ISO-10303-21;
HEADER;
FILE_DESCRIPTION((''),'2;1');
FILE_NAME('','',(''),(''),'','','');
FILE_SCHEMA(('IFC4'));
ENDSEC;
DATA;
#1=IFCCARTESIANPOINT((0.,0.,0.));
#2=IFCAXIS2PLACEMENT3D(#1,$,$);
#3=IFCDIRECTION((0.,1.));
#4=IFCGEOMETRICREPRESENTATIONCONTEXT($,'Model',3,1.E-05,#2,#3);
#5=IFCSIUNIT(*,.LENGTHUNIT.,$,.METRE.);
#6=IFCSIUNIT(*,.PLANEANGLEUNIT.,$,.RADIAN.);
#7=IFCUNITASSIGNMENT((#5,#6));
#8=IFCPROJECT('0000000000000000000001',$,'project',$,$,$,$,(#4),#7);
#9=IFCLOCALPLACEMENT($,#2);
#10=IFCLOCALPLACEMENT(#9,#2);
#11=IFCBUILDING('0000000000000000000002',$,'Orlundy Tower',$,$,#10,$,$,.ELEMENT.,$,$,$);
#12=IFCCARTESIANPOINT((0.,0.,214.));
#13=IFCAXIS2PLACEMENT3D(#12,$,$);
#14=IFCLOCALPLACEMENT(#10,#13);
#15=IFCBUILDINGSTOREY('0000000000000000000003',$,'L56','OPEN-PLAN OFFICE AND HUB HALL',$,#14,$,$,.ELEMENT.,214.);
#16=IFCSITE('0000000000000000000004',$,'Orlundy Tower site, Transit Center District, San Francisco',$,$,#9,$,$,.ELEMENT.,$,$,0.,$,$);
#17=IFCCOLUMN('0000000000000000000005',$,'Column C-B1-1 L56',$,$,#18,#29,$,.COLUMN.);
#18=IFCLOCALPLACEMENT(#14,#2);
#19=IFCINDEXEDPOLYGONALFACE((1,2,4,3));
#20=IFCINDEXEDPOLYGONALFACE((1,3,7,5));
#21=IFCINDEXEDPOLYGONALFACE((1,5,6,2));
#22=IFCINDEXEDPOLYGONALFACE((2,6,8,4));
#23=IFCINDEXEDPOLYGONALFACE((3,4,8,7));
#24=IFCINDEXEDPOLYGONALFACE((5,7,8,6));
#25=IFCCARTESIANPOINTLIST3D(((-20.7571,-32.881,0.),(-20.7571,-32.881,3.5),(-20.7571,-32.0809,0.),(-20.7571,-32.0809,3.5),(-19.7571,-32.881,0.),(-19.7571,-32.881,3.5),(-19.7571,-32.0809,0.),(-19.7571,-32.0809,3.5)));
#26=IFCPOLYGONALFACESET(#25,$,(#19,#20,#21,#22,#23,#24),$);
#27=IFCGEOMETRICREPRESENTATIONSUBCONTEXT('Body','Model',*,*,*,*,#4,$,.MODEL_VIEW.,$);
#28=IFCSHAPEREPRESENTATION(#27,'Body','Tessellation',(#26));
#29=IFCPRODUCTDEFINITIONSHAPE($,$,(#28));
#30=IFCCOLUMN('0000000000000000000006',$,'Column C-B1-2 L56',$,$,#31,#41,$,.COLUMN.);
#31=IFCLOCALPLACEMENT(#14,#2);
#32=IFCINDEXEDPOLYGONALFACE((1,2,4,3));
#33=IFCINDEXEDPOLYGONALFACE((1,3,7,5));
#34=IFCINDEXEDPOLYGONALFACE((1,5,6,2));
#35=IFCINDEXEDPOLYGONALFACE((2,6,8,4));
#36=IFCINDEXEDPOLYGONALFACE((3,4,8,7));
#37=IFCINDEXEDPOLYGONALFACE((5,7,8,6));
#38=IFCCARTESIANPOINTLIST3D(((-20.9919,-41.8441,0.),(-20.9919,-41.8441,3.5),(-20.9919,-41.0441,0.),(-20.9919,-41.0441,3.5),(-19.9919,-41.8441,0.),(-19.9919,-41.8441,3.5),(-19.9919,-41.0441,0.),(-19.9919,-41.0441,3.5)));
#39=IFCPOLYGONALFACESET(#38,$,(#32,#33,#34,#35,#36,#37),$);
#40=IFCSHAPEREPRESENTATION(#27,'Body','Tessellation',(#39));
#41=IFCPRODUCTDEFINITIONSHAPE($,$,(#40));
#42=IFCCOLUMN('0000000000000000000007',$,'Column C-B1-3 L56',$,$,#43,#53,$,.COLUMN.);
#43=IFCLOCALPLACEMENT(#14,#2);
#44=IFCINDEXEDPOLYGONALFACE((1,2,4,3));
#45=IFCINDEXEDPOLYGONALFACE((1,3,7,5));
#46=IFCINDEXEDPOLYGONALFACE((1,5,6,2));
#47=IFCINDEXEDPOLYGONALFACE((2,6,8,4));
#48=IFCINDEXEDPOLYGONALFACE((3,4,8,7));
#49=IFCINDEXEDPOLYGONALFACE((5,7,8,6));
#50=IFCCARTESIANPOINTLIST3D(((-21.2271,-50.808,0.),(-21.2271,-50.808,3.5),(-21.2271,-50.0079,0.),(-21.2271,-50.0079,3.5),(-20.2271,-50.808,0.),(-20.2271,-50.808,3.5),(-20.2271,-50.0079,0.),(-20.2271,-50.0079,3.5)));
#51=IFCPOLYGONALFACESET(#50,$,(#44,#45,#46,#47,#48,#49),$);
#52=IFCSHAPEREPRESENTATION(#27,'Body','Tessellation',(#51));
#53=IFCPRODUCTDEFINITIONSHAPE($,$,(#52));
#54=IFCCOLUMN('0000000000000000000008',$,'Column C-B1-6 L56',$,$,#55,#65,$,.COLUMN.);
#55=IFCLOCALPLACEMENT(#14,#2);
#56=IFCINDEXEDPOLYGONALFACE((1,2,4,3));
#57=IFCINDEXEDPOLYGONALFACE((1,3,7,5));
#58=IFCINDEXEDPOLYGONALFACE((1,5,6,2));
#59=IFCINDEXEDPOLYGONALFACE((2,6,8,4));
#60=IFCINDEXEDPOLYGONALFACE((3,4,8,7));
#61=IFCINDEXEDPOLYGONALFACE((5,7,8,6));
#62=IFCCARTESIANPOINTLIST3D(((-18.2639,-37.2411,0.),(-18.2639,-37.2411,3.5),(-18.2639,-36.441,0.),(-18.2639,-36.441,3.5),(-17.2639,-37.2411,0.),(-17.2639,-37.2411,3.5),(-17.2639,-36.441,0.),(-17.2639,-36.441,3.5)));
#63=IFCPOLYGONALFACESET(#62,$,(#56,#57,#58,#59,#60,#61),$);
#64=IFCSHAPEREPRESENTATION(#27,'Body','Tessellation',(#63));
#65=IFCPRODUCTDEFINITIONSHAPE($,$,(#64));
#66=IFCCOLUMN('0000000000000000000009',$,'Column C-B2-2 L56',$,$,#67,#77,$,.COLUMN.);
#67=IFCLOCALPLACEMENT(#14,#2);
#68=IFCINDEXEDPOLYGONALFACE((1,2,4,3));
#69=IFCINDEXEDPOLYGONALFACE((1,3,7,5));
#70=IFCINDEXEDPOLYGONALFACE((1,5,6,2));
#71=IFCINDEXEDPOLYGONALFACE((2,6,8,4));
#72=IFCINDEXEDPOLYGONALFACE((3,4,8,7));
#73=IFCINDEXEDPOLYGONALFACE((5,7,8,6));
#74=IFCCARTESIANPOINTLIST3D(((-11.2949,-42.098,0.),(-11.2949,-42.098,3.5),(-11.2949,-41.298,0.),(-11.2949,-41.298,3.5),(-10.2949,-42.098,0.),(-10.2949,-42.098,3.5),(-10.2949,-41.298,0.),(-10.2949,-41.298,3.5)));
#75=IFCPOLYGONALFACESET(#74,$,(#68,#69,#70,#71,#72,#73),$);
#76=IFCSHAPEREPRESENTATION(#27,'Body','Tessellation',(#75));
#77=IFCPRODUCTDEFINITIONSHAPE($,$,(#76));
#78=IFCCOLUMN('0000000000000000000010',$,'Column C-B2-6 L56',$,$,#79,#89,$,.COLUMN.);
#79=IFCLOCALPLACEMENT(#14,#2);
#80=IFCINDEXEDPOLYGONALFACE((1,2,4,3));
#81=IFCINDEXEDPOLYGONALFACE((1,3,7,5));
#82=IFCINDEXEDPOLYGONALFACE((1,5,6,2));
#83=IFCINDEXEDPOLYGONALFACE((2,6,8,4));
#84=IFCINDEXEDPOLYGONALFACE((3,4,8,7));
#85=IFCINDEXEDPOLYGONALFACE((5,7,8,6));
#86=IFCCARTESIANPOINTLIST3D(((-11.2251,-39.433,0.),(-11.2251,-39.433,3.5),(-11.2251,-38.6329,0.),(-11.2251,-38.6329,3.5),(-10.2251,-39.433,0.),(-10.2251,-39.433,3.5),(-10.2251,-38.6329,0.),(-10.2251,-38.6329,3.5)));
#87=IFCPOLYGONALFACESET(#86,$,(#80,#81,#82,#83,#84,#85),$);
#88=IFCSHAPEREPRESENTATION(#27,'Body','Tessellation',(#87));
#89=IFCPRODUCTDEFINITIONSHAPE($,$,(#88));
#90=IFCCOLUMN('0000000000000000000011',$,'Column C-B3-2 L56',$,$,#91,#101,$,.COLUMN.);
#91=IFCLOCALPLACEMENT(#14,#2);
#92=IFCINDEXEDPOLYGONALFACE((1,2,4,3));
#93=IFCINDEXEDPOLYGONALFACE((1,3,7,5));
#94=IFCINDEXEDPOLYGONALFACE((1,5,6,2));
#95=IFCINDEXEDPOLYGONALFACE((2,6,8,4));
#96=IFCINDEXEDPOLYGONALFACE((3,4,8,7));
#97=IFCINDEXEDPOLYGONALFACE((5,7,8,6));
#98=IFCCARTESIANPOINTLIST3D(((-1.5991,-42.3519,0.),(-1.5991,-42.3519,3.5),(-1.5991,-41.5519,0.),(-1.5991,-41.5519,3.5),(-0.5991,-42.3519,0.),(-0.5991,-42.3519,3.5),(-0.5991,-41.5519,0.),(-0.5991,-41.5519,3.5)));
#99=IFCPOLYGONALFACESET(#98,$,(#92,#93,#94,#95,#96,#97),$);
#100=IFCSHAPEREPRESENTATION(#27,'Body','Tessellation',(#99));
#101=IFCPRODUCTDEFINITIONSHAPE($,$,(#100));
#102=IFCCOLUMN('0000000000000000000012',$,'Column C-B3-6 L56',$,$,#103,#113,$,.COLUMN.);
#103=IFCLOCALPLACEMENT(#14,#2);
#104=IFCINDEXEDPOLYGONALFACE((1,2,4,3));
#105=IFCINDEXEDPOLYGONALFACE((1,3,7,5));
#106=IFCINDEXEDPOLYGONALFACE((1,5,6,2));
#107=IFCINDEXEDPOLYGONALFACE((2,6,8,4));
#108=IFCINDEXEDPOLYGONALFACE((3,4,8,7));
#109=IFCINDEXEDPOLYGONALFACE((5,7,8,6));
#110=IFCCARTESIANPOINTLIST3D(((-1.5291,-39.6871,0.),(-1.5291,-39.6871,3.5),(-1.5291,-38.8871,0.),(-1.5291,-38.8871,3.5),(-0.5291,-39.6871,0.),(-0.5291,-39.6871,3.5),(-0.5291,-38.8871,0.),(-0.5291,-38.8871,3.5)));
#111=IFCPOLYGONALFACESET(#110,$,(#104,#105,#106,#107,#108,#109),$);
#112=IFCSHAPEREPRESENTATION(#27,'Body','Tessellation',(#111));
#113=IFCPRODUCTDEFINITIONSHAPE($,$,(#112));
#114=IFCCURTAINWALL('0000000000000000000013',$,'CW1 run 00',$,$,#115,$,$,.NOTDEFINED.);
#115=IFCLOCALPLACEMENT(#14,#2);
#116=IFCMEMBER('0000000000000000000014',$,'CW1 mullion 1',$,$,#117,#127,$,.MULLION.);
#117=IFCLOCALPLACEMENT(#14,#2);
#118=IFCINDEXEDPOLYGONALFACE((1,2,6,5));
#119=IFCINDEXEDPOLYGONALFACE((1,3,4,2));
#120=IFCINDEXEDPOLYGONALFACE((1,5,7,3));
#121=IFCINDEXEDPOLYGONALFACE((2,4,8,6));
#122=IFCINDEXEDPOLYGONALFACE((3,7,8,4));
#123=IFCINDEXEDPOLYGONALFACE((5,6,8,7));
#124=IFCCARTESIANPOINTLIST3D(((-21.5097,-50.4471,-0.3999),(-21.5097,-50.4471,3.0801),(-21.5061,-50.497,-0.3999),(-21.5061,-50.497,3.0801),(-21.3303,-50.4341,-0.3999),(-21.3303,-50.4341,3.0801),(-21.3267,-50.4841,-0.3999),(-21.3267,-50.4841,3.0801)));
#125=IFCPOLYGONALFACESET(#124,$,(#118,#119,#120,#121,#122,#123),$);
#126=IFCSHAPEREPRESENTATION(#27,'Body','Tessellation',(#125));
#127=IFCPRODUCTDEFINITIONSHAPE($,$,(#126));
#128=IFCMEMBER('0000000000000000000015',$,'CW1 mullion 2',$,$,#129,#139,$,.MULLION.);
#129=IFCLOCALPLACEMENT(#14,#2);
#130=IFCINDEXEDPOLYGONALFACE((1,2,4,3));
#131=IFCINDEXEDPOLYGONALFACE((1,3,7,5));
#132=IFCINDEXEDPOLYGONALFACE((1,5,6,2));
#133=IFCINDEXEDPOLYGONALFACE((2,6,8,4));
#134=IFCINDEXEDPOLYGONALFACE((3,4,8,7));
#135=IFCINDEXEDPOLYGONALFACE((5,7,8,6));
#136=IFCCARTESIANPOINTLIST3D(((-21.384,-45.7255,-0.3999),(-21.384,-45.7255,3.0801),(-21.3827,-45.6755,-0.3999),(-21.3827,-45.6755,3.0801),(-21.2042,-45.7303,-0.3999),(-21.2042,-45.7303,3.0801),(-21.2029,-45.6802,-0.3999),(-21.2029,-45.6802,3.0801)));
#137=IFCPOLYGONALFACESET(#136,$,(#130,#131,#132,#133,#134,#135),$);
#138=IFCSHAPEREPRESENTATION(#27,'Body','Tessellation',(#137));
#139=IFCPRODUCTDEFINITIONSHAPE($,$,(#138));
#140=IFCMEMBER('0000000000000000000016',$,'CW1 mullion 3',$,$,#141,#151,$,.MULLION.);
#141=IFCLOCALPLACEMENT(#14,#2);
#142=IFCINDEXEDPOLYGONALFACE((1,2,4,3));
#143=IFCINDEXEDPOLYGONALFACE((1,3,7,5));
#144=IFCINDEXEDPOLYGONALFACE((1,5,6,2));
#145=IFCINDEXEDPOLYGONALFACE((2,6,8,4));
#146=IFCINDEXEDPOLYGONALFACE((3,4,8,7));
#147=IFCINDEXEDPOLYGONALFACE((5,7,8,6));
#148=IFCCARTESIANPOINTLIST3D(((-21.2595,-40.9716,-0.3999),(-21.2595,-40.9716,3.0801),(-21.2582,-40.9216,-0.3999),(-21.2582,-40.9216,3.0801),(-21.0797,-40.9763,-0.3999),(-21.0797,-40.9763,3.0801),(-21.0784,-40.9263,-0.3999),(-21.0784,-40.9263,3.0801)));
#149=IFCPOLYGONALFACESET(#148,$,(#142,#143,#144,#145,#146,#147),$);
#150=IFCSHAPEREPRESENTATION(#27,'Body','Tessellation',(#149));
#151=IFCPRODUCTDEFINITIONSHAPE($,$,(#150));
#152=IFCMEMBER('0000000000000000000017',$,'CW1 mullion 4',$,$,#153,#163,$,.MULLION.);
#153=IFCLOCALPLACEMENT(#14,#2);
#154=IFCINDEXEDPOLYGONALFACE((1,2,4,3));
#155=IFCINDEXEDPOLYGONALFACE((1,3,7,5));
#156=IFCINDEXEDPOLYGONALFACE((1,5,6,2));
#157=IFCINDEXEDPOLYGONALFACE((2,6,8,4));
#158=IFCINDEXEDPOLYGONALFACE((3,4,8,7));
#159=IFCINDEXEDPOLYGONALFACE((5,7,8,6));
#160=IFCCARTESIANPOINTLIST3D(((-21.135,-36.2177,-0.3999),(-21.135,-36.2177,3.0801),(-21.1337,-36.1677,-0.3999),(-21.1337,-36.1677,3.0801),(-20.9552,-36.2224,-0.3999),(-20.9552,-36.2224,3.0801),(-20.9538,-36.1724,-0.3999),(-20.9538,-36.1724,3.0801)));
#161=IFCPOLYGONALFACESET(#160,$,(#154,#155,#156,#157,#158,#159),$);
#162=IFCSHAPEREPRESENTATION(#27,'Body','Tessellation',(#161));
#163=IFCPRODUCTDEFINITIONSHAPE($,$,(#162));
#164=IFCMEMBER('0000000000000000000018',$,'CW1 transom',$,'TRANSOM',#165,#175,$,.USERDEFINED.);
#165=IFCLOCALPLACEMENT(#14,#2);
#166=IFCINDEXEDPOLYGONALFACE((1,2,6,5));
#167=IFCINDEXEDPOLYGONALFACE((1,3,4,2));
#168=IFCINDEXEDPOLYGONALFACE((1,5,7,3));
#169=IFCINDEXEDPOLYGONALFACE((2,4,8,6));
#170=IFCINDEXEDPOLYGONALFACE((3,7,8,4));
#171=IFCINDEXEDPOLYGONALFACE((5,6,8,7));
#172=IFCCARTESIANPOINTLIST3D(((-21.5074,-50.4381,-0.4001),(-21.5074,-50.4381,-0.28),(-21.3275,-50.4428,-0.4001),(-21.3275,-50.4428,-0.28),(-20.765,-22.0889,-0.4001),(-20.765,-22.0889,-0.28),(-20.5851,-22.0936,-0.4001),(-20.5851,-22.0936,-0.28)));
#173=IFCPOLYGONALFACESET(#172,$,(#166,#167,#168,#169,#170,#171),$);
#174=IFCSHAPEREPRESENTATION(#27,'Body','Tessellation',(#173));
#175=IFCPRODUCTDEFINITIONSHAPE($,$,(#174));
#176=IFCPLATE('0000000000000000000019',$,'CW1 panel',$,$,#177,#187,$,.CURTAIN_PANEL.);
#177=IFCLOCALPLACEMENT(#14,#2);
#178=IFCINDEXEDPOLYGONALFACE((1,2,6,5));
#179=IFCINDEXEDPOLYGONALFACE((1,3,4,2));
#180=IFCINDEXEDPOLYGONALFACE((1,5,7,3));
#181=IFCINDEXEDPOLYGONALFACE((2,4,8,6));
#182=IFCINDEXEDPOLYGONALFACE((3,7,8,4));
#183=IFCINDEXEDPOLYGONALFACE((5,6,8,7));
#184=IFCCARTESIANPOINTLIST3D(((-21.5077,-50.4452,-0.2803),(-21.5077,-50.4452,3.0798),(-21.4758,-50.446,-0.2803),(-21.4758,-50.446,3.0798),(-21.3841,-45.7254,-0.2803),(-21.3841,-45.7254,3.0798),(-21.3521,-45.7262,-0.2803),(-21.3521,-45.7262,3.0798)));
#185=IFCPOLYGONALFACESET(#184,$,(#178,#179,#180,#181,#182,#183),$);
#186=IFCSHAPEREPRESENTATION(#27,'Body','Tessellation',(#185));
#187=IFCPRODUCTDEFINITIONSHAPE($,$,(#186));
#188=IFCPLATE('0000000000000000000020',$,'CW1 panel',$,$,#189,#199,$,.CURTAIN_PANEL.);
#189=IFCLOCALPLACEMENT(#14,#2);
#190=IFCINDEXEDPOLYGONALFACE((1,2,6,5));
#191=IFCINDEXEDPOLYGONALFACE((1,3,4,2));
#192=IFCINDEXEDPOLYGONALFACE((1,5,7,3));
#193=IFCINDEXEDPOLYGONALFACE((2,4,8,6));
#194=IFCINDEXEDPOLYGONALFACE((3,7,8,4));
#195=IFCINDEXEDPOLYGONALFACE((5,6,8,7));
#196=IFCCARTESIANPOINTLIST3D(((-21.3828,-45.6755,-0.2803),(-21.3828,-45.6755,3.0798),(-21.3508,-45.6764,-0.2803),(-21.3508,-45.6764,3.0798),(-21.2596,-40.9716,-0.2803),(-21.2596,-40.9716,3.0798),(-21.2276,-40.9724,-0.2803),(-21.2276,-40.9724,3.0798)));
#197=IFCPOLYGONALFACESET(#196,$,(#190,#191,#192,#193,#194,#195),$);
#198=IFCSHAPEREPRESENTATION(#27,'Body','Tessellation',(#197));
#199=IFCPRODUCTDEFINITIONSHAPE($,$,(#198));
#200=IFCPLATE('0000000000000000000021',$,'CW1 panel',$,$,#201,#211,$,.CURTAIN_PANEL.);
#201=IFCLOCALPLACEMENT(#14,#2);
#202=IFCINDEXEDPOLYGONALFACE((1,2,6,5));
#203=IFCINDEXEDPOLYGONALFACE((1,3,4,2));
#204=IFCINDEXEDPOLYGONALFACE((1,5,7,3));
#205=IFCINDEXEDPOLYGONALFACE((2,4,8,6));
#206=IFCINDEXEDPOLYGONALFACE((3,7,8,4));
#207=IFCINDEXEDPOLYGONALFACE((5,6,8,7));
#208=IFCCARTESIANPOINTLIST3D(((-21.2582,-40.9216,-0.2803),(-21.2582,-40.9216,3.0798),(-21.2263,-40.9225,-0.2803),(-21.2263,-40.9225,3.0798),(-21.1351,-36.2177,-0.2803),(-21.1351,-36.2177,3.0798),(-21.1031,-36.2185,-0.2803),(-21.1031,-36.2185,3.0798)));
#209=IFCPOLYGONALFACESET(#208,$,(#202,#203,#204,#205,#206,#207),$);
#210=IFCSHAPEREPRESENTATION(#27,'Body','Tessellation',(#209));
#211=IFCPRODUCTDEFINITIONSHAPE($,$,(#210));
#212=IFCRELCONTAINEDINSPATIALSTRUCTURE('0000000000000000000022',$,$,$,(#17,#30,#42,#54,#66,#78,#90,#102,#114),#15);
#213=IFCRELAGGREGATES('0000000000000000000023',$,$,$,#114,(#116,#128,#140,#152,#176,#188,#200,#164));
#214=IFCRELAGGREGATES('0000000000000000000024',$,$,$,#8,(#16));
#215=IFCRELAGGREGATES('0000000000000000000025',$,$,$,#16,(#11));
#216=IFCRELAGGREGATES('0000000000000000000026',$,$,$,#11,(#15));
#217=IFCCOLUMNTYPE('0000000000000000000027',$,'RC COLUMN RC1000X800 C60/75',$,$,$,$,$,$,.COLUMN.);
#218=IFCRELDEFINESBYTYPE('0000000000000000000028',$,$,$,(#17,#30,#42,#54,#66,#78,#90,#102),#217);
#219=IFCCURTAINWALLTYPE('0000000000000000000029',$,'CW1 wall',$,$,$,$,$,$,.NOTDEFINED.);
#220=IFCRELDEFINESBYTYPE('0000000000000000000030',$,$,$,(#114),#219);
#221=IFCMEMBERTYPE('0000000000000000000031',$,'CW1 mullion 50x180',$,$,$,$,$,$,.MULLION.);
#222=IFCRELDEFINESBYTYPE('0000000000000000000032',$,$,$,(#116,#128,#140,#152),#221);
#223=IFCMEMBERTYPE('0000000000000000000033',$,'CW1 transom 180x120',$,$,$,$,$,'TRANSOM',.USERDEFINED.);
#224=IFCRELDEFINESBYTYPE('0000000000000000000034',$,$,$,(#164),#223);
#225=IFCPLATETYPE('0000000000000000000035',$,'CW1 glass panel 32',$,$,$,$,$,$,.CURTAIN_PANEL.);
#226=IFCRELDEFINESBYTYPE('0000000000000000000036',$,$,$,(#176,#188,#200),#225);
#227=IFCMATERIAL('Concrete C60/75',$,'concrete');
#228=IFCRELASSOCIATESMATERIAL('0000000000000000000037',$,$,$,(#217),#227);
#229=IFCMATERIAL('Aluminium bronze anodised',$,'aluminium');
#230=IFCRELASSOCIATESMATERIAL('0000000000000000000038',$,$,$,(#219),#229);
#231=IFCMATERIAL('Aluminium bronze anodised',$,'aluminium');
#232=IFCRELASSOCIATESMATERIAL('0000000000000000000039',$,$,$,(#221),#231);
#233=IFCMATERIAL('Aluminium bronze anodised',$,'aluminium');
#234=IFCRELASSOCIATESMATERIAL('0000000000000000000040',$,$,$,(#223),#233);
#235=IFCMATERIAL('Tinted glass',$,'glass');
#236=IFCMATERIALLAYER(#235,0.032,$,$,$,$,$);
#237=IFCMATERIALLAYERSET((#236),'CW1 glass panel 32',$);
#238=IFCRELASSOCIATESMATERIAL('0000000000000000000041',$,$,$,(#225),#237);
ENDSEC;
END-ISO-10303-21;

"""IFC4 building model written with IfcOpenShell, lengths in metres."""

from ifc_helpers import new_model, si_unit, direction, frame, origin, origin_2d, place, context, subcontext, project, spatial, rectangle, extrude, material, layer, layer_set, material_profile, profile_set, type_object, element, aggregate, save


model = new_model("IFC4")

# Units and contexts
model_context = context("Model", 3, precision=1e-05, world=origin(), true_north=direction((0.0, 1.0)))
body_context = subcontext(model_context, "Body", "Model", "MODEL_VIEW")
ifc_project = project(units=[si_unit("LENGTHUNIT", "METRE"), si_unit("PLANEANGLEUNIT", "RADIAN")], contexts=[model_context])

# Site, building, storey
site_placement = place(None, origin())
site = spatial("IfcSite", under=ifc_project, at=site_placement, Name="Orlundy Tower site, Transit Center District, San Francisco", CompositionType="ELEMENT", RefElevation=0.0)
building_placement = place(site_placement, origin())
building = spatial("IfcBuilding", under=site, at=building_placement, Name="Orlundy Tower", CompositionType="ELEMENT")
storey_placement = place(building_placement, frame((0.0, 0.0, 214.0)))
storey = spatial("IfcBuildingStorey", under=building, at=storey_placement, Name="L56", Description="OPEN-PLAN OFFICE AND HUB HALL", CompositionType="ELEMENT", Elevation=214.0)

# Columns
ifc_material_1 = material(Name="Concrete C60/75", Category="concrete")
ifc_material_profile_1 = material_profile(ifc_material_1, rectangle(XDim=1.0, YDim=0.8, at=origin_2d()), Name="RC1000X800")
ifc_profile_set_1 = profile_set([ifc_material_profile_1], Name="Concrete C60/75")
column_type = type_object("IfcColumnType", Name="RC COLUMN RC1000X800 C60/75", PredefinedType="COLUMN", material=ifc_profile_set_1)
for number, where, z_axis, x_axis, name in (
    (1, (-20.2571, -32.481, 0.0), (0.0, 0.0, 1.0), (1.0, 0.0, 0.0), "Column C-B1-1 L56"),
    (2, (-20.4919, -41.4441, 0.0), (0.0, 0.0, 1.0), (1.0, 0.0, 0.0), "Column C-B1-2 L56"),
    (3, (-20.7271, -50.408, 0.0), (0.0, 0.0, 1.0), (1.0, 0.0, 0.0), "Column C-B1-3 L56"),
    (4, (-17.7639, -36.8411, 0.0), (0.0, 0.0, 1.0), (1.0, 0.0, 0.0), "Column C-B1-6 L56"),
    (5, (-10.7949, -41.698, 0.0), (0.0, 0.0, 1.0), (1.0, 0.0, 0.0), "Column C-B2-2 L56"),
    (6, (-10.7251, -39.033, 0.0), (0.0, 0.0, 1.0), (1.0, 0.0, 0.0), "Column C-B2-6 L56"),
    (7, (-1.0991, -41.9519, 0.0), (0.0, 0.0, 1.0), (1.0, 0.0, 0.0), "Column C-B3-2 L56"),
    (8, (-1.0291, -39.2871, 0.0), (0.0, 0.0, 1.0), (1.0, 0.0, 0.0), "Column C-B3-6 L56"),
):
    element("IfcColumn", number, at=place(storey_placement, frame(where, z_axis=z_axis, x_axis=x_axis)), inside=storey, type_object=column_type, Name=name, PredefinedType="COLUMN", context=body_context, shape_type="SweptSolid", body=[
        extrude(rectangle(XDim=1.0, YDim=0.8, at=origin_2d()), origin(), (0.0, 0.0, 1.0), 3.5),
    ])

# Curtain wall, members, plates
ifc_material_2 = material(Name="Aluminium bronze anodised", Category="aluminium")
curtain_wall_type = type_object("IfcCurtainWallType", Name="CW1 wall", PredefinedType="NOTDEFINED", material=ifc_material_2)
curtain_wall_placement = place(storey_placement, origin())
curtain_wall = element("IfcCurtainWall", 9, at=curtain_wall_placement, inside=storey, type_object=curtain_wall_type, Name="CW1 run 00", PredefinedType="NOTDEFINED")
ifc_material_3 = material(Name="Aluminium bronze anodised", Category="aluminium")
ifc_material_profile_2 = material_profile(ifc_material_3, rectangle(XDim=0.1799, YDim=0.05, at=origin_2d()), Name="CW1 mullion 50x180")
ifc_profile_set_2 = profile_set([ifc_material_profile_2], Name="Aluminium bronze anodised")
member_type_1 = type_object("IfcMemberType", Name="CW1 mullion 50x180", PredefinedType="MULLION", material=ifc_profile_set_2)
member_1_placement = place(storey_placement, frame((-21.4182, -50.4656, -0.3999), z_axis=(0.0, 0.0, 1.0), x_axis=(-0.997407, -0.071971, 0.0)))
member_1 = element("IfcMember", 10, at=member_1_placement, type_object=member_type_1, Name="CW1 mullion 1", PredefinedType="MULLION", context=body_context, shape_type="SweptSolid", body=[
    extrude(rectangle(XDim=0.1799, YDim=0.05, at=origin_2d()), origin(), (0.0, 0.0, 1.0), 3.48),
])
member_2_placement = place(storey_placement, frame((-21.2935, -45.7029, -0.3999), z_axis=(0.0, 0.0, 1.0), x_axis=(-0.999657, 0.02618, 0.0)))
member_2 = element("IfcMember", 11, at=member_2_placement, type_object=member_type_1, Name="CW1 mullion 2", PredefinedType="MULLION", context=body_context, shape_type="SweptSolid", body=[
    extrude(rectangle(XDim=0.1799, YDim=0.05, at=origin_2d()), origin(), (0.0, 0.0, 1.0), 3.48),
])
member_3_placement = place(storey_placement, frame((-21.1689, -40.949, -0.3999), z_axis=(0.0, 0.0, 1.0), x_axis=(-0.999657, 0.02618, 0.0)))
member_3 = element("IfcMember", 12, at=member_3_placement, type_object=member_type_1, Name="CW1 mullion 3", PredefinedType="MULLION", context=body_context, shape_type="SweptSolid", body=[
    extrude(rectangle(XDim=0.1799, YDim=0.05, at=origin_2d()), origin(), (0.0, 0.0, 1.0), 3.48),
])
member_4_placement = place(storey_placement, frame((-21.0444, -36.1951, -0.3999), z_axis=(0.0, 0.0, 1.0), x_axis=(-0.999657, 0.02618, 0.0)))
member_4 = element("IfcMember", 13, at=member_4_placement, type_object=member_type_1, Name="CW1 mullion 4", PredefinedType="MULLION", context=body_context, shape_type="SweptSolid", body=[
    extrude(rectangle(XDim=0.1799, YDim=0.05, at=origin_2d()), origin(), (0.0, 0.0, 1.0), 3.48),
])
ifc_material_4 = material(Name="Aluminium bronze anodised", Category="aluminium")
ifc_material_profile_3 = material_profile(ifc_material_4, rectangle(XDim=0.1799, YDim=0.1201, at=origin_2d()), Name="CW1 transom 180x120")
ifc_profile_set_3 = profile_set([ifc_material_profile_3], Name="Aluminium bronze anodised")
member_type_2 = type_object("IfcMemberType", Name="CW1 transom 180x120", ElementType="TRANSOM", PredefinedType="USERDEFINED", material=ifc_profile_set_3)
member_5_placement = place(storey_placement, frame((-21.4175, -50.4404, -0.3401), z_axis=(0.02618, 0.999657, 0.0), x_axis=(-0.999657, 0.02618, 0.0)))
member_5 = element("IfcMember", 14, at=member_5_placement, type_object=member_type_2, Name="CW1 transom", ObjectType="TRANSOM", PredefinedType="USERDEFINED", context=body_context, shape_type="SweptSolid", body=[
    extrude(rectangle(XDim=0.1799, YDim=0.1201, at=origin_2d()), origin(), (0.0, 0.0, 1.0), 28.3589),
])
ifc_material_5 = material(Name="Tinted glass", Category="glass")
ifc_layer_1 = layer(ifc_material_5, 0.032)
ifc_layer_set_1 = layer_set([ifc_layer_1], Name="CW1 glass panel 32")
plate_type = type_object("IfcPlateType", Name="CW1 glass panel 32", PredefinedType="CURTAIN_PANEL", material=ifc_layer_set_1)
plate_1_placement = place(storey_placement, frame((-21.4299, -48.0857, -0.2803), z_axis=(0.0, 0.0, 1.0), x_axis=(0.02618, 0.999657, 0.0)))
plate_1 = element("IfcPlate", 15, at=plate_1_placement, type_object=plate_type, Name="CW1 panel", PredefinedType="CURTAIN_PANEL", context=body_context, shape_type="SweptSolid", body=[
    extrude(rectangle(XDim=4.7214, YDim=0.032, at=origin_2d()), origin(), (0.0, 0.0, 1.0), 3.3601),
])
plate_2_placement = place(storey_placement, frame((-21.3052, -43.324, -0.2803), z_axis=(0.0, 0.0, 1.0), x_axis=(0.02618, 0.999657, 0.0)))
plate_2 = element("IfcPlate", 16, at=plate_2_placement, type_object=plate_type, Name="CW1 panel", PredefinedType="CURTAIN_PANEL", context=body_context, shape_type="SweptSolid", body=[
    extrude(rectangle(XDim=4.7056, YDim=0.032, at=origin_2d()), origin(), (0.0, 0.0, 1.0), 3.3601),
])
plate_3_placement = place(storey_placement, frame((-21.1807, -38.5701, -0.2803), z_axis=(0.0, 0.0, 1.0), x_axis=(0.02618, 0.999657, 0.0)))
plate_3 = element("IfcPlate", 17, at=plate_3_placement, type_object=plate_type, Name="CW1 panel", PredefinedType="CURTAIN_PANEL", context=body_context, shape_type="SweptSolid", body=[
    extrude(rectangle(XDim=4.7056, YDim=0.032, at=origin_2d()), origin(), (0.0, 0.0, 1.0), 3.3601),
])
aggregate(curtain_wall, [member_1, member_2, member_3, member_4, plate_1, plate_2, plate_3, member_5])

save(model, "model.ifc")
